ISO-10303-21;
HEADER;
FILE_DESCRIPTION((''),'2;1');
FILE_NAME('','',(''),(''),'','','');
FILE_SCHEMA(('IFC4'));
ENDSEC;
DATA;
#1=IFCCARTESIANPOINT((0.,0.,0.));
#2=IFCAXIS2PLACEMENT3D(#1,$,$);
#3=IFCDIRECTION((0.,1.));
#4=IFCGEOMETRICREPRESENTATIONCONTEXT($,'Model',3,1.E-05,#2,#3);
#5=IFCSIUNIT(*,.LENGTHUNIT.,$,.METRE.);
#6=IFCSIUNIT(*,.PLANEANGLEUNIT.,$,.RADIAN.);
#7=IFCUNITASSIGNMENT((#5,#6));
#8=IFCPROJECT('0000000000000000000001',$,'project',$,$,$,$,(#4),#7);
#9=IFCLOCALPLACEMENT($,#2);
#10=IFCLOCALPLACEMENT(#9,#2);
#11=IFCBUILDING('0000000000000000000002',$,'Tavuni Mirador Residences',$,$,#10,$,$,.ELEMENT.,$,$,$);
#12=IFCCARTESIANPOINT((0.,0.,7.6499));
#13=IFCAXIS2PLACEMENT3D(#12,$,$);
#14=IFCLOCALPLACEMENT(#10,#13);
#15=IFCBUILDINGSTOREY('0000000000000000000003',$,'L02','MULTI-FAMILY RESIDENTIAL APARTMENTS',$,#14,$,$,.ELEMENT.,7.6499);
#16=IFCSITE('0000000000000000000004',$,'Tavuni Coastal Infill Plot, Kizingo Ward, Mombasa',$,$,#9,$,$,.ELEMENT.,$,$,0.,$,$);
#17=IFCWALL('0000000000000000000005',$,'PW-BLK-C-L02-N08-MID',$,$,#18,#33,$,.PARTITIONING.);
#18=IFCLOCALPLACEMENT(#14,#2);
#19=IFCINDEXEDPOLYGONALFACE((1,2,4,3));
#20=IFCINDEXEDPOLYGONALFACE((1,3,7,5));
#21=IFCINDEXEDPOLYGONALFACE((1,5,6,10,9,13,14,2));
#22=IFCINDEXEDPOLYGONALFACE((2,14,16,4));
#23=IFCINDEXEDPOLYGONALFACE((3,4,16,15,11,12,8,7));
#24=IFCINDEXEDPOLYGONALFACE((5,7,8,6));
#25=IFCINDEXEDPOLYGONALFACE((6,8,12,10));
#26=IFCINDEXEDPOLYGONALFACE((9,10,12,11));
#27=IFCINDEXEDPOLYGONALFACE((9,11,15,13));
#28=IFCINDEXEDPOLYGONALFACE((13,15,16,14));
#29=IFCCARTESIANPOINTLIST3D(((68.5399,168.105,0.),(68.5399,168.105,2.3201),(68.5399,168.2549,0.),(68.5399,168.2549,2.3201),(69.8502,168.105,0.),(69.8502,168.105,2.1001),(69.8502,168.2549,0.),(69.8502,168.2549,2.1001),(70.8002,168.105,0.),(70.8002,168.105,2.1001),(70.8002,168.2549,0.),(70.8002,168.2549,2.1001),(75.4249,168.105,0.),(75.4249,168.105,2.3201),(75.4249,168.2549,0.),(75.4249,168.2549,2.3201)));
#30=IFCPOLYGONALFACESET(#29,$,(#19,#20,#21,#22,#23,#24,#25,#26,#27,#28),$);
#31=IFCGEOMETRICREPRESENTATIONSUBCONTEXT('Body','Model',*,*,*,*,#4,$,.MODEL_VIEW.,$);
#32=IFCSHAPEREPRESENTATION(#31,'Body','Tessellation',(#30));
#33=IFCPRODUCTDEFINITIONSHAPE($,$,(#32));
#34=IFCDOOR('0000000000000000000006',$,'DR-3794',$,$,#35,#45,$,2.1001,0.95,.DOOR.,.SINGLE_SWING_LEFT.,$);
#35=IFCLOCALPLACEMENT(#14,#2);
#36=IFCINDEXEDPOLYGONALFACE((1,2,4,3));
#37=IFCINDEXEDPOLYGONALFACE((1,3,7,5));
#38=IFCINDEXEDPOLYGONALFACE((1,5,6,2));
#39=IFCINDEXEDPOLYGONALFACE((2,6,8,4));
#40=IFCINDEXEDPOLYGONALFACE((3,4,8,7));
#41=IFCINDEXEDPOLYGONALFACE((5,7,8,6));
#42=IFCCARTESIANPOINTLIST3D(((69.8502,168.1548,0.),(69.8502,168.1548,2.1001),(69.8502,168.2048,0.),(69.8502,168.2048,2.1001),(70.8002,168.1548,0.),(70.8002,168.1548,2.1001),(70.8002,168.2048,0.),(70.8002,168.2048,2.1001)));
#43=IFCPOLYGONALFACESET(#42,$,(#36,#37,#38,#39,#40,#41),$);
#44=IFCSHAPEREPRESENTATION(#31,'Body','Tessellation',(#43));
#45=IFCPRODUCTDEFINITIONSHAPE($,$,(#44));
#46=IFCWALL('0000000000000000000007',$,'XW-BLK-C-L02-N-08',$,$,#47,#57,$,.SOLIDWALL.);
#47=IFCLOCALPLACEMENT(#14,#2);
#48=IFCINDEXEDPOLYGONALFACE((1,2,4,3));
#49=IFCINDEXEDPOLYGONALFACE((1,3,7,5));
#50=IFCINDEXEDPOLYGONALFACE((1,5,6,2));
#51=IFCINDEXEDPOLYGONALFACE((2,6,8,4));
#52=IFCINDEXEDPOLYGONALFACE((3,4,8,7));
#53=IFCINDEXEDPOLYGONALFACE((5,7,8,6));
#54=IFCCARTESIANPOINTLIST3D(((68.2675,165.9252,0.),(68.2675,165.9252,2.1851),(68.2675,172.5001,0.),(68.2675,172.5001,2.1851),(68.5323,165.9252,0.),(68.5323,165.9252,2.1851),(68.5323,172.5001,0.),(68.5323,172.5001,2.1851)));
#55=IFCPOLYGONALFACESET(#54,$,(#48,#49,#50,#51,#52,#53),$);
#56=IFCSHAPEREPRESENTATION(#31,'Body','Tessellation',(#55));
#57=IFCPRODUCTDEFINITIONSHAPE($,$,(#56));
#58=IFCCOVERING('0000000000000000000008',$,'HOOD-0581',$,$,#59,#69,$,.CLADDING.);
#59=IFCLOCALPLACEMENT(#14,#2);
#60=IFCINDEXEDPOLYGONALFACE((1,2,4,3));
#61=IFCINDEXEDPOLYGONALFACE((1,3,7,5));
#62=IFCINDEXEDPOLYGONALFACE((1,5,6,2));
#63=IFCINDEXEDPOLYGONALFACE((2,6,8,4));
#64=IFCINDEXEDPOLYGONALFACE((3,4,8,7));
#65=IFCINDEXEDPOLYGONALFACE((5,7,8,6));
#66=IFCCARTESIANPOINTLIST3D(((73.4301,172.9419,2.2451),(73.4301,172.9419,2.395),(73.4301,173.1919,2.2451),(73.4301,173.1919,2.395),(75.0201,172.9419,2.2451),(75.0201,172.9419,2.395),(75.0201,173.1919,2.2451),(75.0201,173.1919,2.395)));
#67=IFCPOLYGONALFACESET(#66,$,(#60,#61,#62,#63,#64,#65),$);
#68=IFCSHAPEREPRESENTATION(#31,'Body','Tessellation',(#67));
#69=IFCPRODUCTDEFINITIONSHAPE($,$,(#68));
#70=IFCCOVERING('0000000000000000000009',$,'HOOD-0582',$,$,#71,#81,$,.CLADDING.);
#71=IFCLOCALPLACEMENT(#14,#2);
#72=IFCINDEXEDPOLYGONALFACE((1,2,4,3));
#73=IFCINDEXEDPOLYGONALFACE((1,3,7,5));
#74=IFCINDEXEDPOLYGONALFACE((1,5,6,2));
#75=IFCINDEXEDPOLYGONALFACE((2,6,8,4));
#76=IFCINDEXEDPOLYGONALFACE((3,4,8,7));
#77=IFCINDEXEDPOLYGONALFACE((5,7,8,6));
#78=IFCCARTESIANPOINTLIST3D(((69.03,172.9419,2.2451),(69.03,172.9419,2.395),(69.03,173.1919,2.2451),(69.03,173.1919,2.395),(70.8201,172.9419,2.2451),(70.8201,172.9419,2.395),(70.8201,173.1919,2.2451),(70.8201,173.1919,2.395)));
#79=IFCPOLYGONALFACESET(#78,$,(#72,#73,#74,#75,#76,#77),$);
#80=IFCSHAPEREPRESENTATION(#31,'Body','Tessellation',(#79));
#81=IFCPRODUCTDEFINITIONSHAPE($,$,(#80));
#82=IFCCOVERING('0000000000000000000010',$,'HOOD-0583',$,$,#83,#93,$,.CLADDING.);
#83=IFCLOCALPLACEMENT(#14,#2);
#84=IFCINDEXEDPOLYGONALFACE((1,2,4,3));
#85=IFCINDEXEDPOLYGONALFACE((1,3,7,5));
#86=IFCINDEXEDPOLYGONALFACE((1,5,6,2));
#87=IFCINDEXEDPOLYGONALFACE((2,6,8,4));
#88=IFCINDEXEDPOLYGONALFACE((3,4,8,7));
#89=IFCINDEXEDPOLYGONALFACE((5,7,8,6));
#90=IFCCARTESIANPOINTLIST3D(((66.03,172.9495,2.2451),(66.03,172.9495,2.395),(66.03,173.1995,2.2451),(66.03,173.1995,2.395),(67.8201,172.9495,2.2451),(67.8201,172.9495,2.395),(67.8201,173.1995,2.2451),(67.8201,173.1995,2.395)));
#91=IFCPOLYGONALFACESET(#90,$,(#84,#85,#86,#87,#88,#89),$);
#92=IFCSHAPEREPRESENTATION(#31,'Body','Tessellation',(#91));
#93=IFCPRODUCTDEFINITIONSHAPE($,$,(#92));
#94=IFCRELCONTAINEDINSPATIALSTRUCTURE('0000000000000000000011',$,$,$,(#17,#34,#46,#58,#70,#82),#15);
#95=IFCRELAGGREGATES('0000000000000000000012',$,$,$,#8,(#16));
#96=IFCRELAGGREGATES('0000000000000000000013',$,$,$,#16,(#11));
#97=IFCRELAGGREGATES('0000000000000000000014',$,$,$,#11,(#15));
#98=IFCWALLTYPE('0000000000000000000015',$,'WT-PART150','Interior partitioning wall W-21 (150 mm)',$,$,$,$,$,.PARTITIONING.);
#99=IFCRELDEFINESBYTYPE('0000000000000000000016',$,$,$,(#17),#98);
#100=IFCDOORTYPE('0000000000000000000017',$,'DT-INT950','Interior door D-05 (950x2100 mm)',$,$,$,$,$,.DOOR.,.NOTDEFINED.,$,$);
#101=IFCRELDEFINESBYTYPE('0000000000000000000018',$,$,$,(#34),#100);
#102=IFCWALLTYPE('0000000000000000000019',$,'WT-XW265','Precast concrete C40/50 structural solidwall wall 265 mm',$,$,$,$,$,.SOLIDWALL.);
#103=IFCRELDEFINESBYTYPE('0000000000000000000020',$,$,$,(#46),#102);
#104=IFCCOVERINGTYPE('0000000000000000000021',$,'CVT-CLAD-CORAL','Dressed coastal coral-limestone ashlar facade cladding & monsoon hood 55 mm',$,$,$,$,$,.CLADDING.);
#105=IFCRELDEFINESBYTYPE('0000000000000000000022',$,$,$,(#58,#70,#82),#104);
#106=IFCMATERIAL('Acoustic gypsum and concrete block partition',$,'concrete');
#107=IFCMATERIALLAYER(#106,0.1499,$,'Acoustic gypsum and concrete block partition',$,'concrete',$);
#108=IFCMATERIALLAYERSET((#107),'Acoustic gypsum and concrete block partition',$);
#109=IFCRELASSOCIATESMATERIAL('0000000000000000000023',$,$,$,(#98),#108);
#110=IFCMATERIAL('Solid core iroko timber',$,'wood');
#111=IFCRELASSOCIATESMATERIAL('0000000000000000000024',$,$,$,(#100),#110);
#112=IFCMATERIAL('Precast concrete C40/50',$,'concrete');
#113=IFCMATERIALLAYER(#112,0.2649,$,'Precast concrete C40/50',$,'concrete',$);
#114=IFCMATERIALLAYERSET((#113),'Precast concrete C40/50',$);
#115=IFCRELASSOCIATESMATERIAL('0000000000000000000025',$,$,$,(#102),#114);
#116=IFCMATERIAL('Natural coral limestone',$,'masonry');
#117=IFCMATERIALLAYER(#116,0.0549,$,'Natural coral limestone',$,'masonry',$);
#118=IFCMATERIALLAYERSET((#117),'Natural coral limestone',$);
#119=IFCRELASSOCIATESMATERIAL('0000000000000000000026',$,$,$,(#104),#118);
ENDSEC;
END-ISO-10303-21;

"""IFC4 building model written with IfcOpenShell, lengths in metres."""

from ifc_helpers import new_model, si_unit, direction, frame, frame_2d, origin, origin_2d, place, context, subcontext, project, spatial, rectangle, extrude, material, layer, layer_set, type_object, element, fill, save


model = new_model("IFC4")

# Units and contexts
model_context = context("Model", 3, precision=1e-05, world=origin(), true_north=direction((0.0, 1.0)))
body_context = subcontext(model_context, "Body", "Model", "MODEL_VIEW")
ifc_project = project(units=[si_unit("LENGTHUNIT", "METRE"), si_unit("PLANEANGLEUNIT", "RADIAN")], contexts=[model_context])

# Site, building, storey
site_placement = place(None, origin())
site = spatial("IfcSite", under=ifc_project, at=site_placement, Name="Tavuni Coastal Infill Plot, Kizingo Ward, Mombasa", CompositionType="ELEMENT", RefElevation=0.0)
building_placement = place(site_placement, origin())
building = spatial("IfcBuilding", under=site, at=building_placement, Name="Tavuni Mirador Residences", CompositionType="ELEMENT")
storey_placement = place(building_placement, frame((0.0, 0.0, 7.6499)))
storey = spatial("IfcBuildingStorey", under=building, at=storey_placement, Name="L02", Description="MULTI-FAMILY RESIDENTIAL APARTMENTS", CompositionType="ELEMENT", Elevation=7.6499)

# Shared definitions
ifc_material_1 = material(Name="Precast concrete C40/50", Category="concrete")

# Shared definitions
ifc_material_2 = material(Name="Solid core iroko timber", Category="wood")

# Wall, opening, door
ifc_material_3 = material(Name="Acoustic gypsum and concrete block partition", Category="concrete")
ifc_layer_1 = layer(ifc_material_3, 0.1499, Name="Acoustic gypsum and concrete block partition", Category="concrete")
ifc_layer_set_1 = layer_set([ifc_layer_1], Name="Acoustic gypsum and concrete block partition")
wall_type_1 = type_object("IfcWallType", Name="WT-PART150", Description="Interior partitioning wall W-21 (150 mm)", PredefinedType="PARTITIONING", material=ifc_layer_set_1)
wall_1_placement = place(storey_placement, frame((68.54, 168.1799, 0.0), z_axis=(0.0, 0.0, 1.0), x_axis=(1.0, 0.0, 0.0)))
wall_1 = element("IfcWall", 1, at=wall_1_placement, inside=storey, type_object=wall_type_1, Name="PW-BLK-C-L02-N08-MID", PredefinedType="PARTITIONING", context=body_context, shape_type="SweptSolid", body=[
    extrude(rectangle(XDim=6.885, YDim=0.1499, at=frame_2d((3.4424, 0.0))), origin(), (0.0, 0.0, 1.0), 2.3201),
])
opening_1_placement = place(wall_1_placement, frame((1.3101, 0.0, 0.0)))
opening_1 = element("IfcOpeningElement", 2, at=opening_1_placement, cuts=wall_1, PredefinedType="OPENING", context=body_context, shape_type="SweptSolid", body=[
    extrude(rectangle(XDim=0.95, YDim=2.1001, at=frame_2d((0.4751, 1.05))), frame((0.0, 0.085, 0.0), z_axis=(0.0, -1.0, 0.0), x_axis=(1.0, 0.0, 0.0)), (0.0, 0.0, 1.0), 0.1699),
])
door_type_1 = type_object("IfcDoorType", Name="DT-INT950", Description="Interior door D-05 (950x2100 mm)", OperationType="NOTDEFINED", PredefinedType="DOOR", material=ifc_material_2)
door_1_placement = place(opening_1_placement, origin())
door_1 = element("IfcDoor", 3, at=door_1_placement, inside=storey, type_object=door_type_1, Name="DR-3794", OperationType="SINGLE_SWING_LEFT", OverallHeight=2.1001, OverallWidth=0.95, PredefinedType="DOOR", context=body_context, shape_type="SweptSolid", body=[
    extrude(rectangle(XDim=0.95, YDim=2.1001, at=frame_2d((0.4751, 1.05))), frame((0.0, 0.0249, 0.0), z_axis=(0.0, -1.0, 0.0), x_axis=(1.0, 0.0, 0.0)), (0.0, 0.0, 1.0), 0.05),
])
fill(opening_1, door_1)

# Wall
ifc_layer_2 = layer(ifc_material_1, 0.2649, Name="Precast concrete C40/50", Category="concrete")
ifc_layer_set_2 = layer_set([ifc_layer_2], Name="Precast concrete C40/50")
wall_type_2 = type_object("IfcWallType", Name="WT-XW265", Description="Precast concrete C40/50 structural solidwall wall 265 mm", PredefinedType="SOLIDWALL", material=ifc_layer_set_2)
wall_2_placement = place(storey_placement, frame((68.3999, 165.925, 0.0), z_axis=(0.0, 0.0, 1.0), x_axis=(0.0, 1.0, 0.0)))
element("IfcWall", 4, at=wall_2_placement, inside=storey, type_object=wall_type_2, Name="XW-BLK-C-L02-N-08", PredefinedType="SOLIDWALL", context=body_context, shape_type="SweptSolid", body=[
    extrude(rectangle(XDim=6.575, YDim=0.2649, at=frame_2d((3.2876, 0.0))), origin(), (0.0, 0.0, 1.0), 2.1851),
])

# Coverings
ifc_material_4 = material(Name="Natural coral limestone", Category="masonry")
ifc_layer_3 = layer(ifc_material_4, 0.0549, Name="Natural coral limestone", Category="masonry")
ifc_layer_set_3 = layer_set([ifc_layer_3], Name="Natural coral limestone")
covering_type = type_object("IfcCoveringType", Name="CVT-CLAD-CORAL", Description="Dressed coastal coral-limestone ashlar facade cladding & monsoon hood 55 mm", PredefinedType="CLADDING", material=ifc_layer_set_3)
covering_placement = place(storey_placement, frame((74.2251, 173.0669, 2.2451), z_axis=(0.0, 0.0, 1.0), x_axis=(-1.0, 0.0, 0.0)))
element("IfcCovering", 5, at=covering_placement, inside=storey, type_object=covering_type, Name="HOOD-0581", PredefinedType="CLADDING", context=body_context, shape_type="SweptSolid", body=[
    extrude(rectangle(XDim=1.5901, YDim=0.25, at=origin_2d()), origin(), (0.0, 0.0, 1.0), 0.1499),
])
for number, where, z_axis, x_axis, name in (
    (6, (69.925, 173.0669, 2.2451), (0.0, 0.0, 1.0), (-1.0, 0.0, 0.0), "HOOD-0582"),
    (7, (66.925, 173.0745, 2.2451), (0.0, 0.0, 1.0), (-1.0, 0.0, 0.0), "HOOD-0583"),
):
    element("IfcCovering", number, at=place(storey_placement, frame(where, z_axis=z_axis, x_axis=x_axis)), inside=storey, type_object=covering_type, Name=name, PredefinedType="CLADDING", context=body_context, shape_type="SweptSolid", body=[
        extrude(rectangle(XDim=1.79, YDim=0.25, at=origin_2d()), origin(), (0.0, 0.0, 1.0), 0.1499),
    ])

save(model, "model.ifc")
